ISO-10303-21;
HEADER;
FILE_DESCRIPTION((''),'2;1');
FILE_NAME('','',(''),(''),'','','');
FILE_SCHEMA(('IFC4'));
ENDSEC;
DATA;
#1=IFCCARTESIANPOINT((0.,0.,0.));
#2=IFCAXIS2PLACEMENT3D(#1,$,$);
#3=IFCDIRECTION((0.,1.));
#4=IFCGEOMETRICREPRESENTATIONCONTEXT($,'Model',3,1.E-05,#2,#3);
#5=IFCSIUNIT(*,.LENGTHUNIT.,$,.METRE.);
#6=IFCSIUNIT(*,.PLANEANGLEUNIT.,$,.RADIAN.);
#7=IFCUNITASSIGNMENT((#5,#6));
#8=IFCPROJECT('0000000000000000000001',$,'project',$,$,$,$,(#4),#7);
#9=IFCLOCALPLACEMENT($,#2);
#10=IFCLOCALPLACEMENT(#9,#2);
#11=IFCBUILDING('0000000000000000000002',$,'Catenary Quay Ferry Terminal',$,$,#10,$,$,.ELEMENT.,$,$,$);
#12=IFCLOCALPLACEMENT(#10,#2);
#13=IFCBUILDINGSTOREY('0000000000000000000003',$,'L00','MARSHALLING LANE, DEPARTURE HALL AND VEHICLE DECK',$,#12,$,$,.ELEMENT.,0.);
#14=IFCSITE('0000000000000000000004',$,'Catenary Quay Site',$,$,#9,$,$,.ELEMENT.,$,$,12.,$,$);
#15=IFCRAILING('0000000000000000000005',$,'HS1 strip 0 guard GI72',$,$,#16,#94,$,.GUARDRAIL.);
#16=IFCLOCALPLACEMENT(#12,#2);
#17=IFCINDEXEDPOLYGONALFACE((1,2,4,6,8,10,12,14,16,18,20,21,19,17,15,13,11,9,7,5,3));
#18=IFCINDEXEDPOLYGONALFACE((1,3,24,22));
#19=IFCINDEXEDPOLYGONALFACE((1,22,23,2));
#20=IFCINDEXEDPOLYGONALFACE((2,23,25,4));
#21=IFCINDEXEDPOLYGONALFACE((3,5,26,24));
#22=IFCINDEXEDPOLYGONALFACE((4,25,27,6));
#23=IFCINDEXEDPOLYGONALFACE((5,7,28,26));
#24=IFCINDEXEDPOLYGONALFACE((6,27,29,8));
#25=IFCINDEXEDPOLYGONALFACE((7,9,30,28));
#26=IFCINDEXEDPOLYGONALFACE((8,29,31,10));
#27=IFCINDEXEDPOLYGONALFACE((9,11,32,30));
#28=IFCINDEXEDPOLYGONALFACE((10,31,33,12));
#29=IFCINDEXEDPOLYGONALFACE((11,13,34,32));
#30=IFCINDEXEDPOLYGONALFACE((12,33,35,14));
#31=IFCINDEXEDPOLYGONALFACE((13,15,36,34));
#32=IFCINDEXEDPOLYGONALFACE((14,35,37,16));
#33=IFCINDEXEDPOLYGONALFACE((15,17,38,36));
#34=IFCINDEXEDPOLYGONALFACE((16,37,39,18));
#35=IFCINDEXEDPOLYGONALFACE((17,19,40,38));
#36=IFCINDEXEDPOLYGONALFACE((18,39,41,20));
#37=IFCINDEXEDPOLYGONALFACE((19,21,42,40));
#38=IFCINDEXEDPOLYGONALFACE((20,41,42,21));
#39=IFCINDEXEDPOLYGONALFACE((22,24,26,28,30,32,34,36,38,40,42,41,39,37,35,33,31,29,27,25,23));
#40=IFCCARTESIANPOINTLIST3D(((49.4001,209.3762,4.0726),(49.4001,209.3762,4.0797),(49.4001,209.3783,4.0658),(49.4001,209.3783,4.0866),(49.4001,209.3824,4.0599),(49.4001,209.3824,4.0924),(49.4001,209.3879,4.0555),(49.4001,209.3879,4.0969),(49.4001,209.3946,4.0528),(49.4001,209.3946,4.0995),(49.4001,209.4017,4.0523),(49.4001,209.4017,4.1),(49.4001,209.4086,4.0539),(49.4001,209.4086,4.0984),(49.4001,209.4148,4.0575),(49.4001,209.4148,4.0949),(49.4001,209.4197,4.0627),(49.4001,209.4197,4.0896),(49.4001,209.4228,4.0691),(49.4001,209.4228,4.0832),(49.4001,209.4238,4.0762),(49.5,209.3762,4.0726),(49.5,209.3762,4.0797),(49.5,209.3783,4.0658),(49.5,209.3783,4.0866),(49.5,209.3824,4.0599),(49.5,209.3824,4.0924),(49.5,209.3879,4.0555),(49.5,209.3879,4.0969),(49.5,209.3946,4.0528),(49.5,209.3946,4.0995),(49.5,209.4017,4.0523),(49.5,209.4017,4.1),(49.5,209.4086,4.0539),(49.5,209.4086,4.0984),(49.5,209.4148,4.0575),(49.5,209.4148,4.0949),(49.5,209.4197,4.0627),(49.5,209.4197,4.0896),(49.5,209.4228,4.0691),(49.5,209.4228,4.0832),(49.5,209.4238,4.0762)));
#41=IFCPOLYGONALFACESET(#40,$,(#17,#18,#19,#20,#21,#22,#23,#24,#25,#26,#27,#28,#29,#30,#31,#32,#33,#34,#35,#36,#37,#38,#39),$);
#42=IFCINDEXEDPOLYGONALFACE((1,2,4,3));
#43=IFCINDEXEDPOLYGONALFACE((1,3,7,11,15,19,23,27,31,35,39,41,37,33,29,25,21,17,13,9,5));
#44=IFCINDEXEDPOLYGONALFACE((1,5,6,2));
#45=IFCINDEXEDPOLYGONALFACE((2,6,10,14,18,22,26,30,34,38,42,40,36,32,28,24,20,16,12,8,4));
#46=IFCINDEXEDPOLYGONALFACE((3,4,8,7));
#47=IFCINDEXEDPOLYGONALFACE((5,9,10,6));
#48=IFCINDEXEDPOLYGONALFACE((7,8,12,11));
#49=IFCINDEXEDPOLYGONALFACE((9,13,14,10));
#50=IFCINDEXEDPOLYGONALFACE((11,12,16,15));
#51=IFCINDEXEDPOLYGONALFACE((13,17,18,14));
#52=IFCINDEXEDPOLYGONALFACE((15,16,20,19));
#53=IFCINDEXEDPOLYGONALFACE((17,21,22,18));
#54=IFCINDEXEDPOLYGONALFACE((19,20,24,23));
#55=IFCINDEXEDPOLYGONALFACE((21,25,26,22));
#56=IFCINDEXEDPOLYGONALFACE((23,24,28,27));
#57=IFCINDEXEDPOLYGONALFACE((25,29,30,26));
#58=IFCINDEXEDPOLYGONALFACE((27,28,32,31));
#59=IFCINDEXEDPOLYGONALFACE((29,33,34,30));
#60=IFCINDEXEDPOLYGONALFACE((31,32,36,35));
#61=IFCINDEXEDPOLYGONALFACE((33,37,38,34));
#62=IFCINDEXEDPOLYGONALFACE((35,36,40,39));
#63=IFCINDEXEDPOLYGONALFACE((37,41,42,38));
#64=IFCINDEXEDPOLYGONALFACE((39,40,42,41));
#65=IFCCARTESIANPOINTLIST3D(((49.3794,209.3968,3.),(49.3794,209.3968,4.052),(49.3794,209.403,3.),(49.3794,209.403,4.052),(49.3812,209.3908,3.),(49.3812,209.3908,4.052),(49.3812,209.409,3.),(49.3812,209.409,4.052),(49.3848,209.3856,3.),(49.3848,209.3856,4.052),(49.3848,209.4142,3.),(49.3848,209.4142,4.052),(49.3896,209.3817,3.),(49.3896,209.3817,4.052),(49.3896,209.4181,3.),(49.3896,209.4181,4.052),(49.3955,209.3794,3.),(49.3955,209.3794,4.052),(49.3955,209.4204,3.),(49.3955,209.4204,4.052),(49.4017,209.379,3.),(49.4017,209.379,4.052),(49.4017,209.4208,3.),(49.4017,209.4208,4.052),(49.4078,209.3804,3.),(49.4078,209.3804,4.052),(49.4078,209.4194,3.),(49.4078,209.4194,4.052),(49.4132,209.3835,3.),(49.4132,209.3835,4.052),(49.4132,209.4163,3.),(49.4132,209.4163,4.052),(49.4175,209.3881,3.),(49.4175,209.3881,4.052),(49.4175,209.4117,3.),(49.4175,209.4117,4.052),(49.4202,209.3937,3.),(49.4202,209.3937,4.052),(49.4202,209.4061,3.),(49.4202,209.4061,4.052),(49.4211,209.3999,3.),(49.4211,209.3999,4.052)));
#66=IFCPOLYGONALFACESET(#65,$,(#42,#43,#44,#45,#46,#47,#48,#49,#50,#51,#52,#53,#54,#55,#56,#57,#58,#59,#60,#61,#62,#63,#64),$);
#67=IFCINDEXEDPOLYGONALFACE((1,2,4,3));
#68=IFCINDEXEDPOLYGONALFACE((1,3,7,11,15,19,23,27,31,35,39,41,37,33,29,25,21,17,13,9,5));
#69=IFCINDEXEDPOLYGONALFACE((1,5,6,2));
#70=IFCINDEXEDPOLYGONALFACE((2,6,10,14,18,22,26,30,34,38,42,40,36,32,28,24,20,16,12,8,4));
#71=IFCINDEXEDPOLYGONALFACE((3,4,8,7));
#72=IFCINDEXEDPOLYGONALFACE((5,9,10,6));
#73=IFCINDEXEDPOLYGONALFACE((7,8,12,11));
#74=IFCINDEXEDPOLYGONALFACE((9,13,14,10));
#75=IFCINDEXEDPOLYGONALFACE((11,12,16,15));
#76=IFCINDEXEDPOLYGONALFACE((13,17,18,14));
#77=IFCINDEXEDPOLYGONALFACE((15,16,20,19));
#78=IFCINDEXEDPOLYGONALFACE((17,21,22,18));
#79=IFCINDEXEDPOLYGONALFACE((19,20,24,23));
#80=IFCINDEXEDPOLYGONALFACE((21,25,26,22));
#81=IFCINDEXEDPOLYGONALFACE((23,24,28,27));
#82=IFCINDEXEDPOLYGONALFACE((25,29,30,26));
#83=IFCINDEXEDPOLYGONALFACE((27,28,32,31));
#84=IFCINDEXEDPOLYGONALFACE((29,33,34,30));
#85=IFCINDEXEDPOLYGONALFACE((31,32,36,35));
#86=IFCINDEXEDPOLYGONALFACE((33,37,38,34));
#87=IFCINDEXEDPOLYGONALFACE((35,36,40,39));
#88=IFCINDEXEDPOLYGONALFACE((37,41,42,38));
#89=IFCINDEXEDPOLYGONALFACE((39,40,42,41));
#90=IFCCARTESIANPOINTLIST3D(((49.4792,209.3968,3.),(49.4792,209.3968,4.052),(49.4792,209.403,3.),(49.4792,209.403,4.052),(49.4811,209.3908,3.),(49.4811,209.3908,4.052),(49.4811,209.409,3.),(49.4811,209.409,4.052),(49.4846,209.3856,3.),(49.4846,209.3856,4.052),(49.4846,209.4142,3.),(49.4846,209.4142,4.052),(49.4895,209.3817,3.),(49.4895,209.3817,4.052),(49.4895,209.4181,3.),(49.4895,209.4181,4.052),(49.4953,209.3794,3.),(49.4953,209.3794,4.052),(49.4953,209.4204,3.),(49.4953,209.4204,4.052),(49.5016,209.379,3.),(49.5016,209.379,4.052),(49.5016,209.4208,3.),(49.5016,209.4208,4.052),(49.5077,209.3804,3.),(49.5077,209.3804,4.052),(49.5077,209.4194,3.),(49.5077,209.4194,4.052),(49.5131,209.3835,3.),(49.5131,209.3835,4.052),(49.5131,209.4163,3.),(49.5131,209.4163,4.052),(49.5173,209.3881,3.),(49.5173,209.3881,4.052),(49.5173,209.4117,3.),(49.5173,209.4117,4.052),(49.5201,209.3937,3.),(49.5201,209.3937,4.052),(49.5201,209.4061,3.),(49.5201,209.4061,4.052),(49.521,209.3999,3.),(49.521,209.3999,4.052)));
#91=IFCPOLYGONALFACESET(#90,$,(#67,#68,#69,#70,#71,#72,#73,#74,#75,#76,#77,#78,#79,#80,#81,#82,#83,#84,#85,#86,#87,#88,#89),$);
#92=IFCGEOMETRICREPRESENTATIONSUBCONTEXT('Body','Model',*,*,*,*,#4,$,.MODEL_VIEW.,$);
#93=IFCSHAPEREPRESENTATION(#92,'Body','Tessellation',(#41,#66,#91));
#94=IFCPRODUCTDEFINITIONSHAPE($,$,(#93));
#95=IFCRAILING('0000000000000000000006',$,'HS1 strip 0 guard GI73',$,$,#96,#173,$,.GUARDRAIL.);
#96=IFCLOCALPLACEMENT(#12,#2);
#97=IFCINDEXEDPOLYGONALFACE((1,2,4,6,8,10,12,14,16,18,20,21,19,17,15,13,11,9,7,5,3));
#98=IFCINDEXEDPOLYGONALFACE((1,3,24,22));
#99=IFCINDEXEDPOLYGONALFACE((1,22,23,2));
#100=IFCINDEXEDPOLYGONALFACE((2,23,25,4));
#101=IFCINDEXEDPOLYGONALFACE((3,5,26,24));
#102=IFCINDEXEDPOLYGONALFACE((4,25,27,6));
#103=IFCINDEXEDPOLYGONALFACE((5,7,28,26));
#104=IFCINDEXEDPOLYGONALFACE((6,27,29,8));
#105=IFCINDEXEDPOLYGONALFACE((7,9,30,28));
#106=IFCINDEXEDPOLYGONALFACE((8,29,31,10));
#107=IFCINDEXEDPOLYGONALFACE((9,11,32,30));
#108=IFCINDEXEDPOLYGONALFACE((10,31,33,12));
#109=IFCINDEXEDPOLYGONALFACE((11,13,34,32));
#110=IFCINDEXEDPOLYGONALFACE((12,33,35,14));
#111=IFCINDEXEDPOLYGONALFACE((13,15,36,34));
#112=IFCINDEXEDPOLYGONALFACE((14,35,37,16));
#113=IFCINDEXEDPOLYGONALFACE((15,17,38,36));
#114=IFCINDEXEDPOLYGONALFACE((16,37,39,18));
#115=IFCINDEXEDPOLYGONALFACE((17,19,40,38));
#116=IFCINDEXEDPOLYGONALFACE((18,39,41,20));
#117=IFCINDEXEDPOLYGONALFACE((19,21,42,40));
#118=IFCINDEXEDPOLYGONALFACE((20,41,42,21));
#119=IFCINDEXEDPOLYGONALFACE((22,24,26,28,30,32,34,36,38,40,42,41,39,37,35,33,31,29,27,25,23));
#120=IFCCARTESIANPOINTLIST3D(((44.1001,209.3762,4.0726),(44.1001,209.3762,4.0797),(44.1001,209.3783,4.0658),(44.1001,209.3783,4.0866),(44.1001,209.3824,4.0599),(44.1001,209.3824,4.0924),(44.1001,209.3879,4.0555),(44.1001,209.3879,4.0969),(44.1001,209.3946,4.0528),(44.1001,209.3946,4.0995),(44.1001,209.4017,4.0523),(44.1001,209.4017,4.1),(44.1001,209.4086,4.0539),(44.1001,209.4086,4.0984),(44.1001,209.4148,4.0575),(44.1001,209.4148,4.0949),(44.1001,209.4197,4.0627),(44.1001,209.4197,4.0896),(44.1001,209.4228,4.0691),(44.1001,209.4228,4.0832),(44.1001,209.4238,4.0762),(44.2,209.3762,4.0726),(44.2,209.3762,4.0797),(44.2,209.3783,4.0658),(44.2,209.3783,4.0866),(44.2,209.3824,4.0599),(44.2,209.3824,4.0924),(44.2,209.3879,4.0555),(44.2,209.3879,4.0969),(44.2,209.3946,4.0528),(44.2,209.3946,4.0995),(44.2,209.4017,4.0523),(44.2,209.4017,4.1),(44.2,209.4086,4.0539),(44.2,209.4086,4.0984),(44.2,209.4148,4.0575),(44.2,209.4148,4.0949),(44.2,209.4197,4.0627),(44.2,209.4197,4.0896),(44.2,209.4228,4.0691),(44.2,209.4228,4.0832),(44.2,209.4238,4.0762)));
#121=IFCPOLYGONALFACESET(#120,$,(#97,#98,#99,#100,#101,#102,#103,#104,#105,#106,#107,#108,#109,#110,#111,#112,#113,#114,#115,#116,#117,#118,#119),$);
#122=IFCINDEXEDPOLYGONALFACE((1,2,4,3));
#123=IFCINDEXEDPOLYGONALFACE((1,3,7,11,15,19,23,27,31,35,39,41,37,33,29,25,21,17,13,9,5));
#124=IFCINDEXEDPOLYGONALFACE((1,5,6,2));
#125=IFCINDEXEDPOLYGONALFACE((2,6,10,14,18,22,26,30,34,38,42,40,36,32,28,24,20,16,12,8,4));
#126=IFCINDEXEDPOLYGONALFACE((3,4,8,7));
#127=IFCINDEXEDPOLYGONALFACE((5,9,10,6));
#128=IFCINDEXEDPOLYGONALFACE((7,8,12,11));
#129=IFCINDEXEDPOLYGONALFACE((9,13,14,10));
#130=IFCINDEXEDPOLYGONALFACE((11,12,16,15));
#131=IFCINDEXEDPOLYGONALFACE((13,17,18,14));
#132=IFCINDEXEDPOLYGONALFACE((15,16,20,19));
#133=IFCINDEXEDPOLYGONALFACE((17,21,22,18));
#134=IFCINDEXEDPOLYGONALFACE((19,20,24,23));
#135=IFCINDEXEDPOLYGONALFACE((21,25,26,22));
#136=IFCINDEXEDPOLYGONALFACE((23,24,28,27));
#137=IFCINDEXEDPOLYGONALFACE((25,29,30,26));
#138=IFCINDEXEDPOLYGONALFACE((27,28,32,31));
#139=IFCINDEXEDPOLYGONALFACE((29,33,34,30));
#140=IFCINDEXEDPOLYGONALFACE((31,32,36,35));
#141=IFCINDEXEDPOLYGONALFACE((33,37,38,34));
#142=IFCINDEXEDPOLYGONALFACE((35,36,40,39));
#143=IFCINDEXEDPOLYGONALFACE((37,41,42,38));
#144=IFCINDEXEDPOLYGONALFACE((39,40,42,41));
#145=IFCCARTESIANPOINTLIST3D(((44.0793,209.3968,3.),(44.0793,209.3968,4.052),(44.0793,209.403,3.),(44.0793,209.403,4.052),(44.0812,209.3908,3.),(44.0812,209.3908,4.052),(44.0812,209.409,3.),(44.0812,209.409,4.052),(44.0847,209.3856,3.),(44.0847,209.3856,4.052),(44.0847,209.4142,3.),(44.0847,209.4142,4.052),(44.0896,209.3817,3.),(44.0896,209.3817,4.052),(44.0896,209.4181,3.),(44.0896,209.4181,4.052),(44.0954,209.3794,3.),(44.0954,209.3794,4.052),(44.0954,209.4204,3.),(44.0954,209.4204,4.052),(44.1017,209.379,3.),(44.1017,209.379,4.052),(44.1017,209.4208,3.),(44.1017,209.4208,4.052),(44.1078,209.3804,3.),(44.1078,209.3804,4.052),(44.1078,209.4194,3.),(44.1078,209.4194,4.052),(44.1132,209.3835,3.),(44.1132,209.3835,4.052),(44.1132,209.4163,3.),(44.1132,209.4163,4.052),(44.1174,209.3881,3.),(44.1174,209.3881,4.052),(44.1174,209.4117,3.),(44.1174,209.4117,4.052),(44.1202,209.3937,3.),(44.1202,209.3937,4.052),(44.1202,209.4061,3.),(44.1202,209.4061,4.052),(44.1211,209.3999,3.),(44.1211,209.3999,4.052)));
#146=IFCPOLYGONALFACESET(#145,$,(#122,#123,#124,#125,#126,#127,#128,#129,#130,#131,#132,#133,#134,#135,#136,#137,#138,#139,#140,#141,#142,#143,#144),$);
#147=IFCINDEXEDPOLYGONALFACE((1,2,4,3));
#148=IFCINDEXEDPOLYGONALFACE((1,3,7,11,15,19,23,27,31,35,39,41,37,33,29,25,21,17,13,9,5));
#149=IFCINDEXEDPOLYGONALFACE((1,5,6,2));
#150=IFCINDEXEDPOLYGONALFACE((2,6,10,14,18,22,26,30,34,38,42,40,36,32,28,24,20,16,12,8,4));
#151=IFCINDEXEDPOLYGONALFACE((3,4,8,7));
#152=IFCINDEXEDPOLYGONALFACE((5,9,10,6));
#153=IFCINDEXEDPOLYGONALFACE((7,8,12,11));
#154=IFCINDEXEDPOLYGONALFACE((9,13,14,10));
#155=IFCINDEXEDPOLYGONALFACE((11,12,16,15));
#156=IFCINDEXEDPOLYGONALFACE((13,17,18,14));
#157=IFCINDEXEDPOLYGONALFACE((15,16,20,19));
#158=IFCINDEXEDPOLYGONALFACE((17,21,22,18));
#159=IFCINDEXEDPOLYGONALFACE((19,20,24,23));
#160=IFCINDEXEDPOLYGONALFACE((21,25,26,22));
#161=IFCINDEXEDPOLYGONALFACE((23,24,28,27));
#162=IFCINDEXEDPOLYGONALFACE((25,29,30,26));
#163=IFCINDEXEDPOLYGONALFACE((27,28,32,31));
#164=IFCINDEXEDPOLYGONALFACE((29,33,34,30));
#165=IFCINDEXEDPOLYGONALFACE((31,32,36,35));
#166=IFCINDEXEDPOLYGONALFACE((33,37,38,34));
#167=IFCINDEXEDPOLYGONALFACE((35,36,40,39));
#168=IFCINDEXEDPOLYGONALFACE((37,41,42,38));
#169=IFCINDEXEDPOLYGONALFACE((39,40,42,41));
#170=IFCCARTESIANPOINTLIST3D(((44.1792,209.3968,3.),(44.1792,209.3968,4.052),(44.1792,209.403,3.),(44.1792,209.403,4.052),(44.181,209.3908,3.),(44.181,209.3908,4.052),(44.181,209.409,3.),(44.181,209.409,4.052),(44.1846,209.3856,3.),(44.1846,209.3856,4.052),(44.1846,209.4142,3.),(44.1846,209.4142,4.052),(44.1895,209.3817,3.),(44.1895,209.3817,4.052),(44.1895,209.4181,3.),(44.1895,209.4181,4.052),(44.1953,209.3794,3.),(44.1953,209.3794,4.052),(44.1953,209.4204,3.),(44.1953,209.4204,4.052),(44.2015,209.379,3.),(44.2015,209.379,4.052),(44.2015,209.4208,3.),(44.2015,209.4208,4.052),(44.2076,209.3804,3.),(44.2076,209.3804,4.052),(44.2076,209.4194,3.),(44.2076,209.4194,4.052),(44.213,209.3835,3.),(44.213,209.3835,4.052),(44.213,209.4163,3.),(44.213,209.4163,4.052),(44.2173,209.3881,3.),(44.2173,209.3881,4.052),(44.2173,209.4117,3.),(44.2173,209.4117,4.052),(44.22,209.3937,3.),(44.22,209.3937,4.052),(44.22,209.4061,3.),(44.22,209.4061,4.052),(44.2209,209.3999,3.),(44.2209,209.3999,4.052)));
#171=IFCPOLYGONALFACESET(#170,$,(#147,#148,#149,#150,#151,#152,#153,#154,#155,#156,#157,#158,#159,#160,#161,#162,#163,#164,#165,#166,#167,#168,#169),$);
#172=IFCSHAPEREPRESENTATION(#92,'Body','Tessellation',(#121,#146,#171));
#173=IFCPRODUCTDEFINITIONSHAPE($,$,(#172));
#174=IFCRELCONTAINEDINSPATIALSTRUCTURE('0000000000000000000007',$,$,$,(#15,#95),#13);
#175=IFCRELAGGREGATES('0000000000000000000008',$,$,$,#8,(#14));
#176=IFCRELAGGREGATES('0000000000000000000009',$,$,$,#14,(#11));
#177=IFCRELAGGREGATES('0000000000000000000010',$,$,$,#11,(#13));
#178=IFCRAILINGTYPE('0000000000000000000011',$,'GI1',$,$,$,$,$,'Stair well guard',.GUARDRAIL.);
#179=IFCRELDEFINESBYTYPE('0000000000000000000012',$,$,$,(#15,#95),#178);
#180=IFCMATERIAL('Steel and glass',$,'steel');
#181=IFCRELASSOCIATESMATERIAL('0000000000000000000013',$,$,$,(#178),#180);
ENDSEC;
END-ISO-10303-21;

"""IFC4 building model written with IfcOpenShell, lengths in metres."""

from ifc_helpers import new_model, si_unit, direction, frame, origin, origin_2d, place, context, subcontext, project, spatial, circle, extrude, material, type_object, element, save


model = new_model("IFC4")

# Units and contexts
model_context = context("Model", 3, precision=1e-05, world=origin(), true_north=direction((0.0, 1.0)))
body_context = subcontext(model_context, "Body", "Model", "MODEL_VIEW")
ifc_project = project(units=[si_unit("LENGTHUNIT", "METRE"), si_unit("PLANEANGLEUNIT", "RADIAN")], contexts=[model_context])

# Site, building, storey
site_placement = place(None, origin())
site = spatial("IfcSite", under=ifc_project, at=site_placement, Name="Catenary Quay Site", CompositionType="ELEMENT", RefElevation=12.0)
building_placement = place(site_placement, origin())
building = spatial("IfcBuilding", under=site, at=building_placement, Name="Catenary Quay Ferry Terminal", CompositionType="ELEMENT")
storey_placement = place(building_placement, origin())
storey = spatial("IfcBuildingStorey", under=building, at=storey_placement, Name="L00", Description="MARSHALLING LANE, DEPARTURE HALL AND VEHICLE DECK", CompositionType="ELEMENT", Elevation=0.0)

# Railings
ifc_material_1 = material(Name="Steel and glass", Category="steel")
railing_type_1 = type_object("IfcRailingType", Name="GI1", ElementType="Stair well guard", PredefinedType="GUARDRAIL", material=ifc_material_1)
for number, where, name in (
    (1, (49.4001, 209.3999, 3.0), "HS1 strip 0 guard GI72"),
    (2, (44.1001, 209.3999, 3.0), "HS1 strip 0 guard GI73"),
):
    element("IfcRailing", number, at=place(storey_placement, frame(where)), inside=storey, type_object=railing_type_1, Name=name, PredefinedType="GUARDRAIL", context=body_context, shape_type="SweptSolid", body=[
        extrude(circle(Radius=0.0239, at=origin_2d()), frame((0.0, 0.0, 1.0762), z_axis=(1.0, 0.0, 0.0), x_axis=(0.0, 1.0, 0.0)), (0.0, 0.0, 1.0), 0.0999),
        extrude(circle(Radius=0.021, at=origin_2d()), origin(), (0.0, 0.0, 1.0), 1.052),
        extrude(circle(Radius=0.021, at=origin_2d()), frame((0.0999, 0.0, 0.0)), (0.0, 0.0, 1.0), 1.052),
    ])

save(model, "model.ifc")
